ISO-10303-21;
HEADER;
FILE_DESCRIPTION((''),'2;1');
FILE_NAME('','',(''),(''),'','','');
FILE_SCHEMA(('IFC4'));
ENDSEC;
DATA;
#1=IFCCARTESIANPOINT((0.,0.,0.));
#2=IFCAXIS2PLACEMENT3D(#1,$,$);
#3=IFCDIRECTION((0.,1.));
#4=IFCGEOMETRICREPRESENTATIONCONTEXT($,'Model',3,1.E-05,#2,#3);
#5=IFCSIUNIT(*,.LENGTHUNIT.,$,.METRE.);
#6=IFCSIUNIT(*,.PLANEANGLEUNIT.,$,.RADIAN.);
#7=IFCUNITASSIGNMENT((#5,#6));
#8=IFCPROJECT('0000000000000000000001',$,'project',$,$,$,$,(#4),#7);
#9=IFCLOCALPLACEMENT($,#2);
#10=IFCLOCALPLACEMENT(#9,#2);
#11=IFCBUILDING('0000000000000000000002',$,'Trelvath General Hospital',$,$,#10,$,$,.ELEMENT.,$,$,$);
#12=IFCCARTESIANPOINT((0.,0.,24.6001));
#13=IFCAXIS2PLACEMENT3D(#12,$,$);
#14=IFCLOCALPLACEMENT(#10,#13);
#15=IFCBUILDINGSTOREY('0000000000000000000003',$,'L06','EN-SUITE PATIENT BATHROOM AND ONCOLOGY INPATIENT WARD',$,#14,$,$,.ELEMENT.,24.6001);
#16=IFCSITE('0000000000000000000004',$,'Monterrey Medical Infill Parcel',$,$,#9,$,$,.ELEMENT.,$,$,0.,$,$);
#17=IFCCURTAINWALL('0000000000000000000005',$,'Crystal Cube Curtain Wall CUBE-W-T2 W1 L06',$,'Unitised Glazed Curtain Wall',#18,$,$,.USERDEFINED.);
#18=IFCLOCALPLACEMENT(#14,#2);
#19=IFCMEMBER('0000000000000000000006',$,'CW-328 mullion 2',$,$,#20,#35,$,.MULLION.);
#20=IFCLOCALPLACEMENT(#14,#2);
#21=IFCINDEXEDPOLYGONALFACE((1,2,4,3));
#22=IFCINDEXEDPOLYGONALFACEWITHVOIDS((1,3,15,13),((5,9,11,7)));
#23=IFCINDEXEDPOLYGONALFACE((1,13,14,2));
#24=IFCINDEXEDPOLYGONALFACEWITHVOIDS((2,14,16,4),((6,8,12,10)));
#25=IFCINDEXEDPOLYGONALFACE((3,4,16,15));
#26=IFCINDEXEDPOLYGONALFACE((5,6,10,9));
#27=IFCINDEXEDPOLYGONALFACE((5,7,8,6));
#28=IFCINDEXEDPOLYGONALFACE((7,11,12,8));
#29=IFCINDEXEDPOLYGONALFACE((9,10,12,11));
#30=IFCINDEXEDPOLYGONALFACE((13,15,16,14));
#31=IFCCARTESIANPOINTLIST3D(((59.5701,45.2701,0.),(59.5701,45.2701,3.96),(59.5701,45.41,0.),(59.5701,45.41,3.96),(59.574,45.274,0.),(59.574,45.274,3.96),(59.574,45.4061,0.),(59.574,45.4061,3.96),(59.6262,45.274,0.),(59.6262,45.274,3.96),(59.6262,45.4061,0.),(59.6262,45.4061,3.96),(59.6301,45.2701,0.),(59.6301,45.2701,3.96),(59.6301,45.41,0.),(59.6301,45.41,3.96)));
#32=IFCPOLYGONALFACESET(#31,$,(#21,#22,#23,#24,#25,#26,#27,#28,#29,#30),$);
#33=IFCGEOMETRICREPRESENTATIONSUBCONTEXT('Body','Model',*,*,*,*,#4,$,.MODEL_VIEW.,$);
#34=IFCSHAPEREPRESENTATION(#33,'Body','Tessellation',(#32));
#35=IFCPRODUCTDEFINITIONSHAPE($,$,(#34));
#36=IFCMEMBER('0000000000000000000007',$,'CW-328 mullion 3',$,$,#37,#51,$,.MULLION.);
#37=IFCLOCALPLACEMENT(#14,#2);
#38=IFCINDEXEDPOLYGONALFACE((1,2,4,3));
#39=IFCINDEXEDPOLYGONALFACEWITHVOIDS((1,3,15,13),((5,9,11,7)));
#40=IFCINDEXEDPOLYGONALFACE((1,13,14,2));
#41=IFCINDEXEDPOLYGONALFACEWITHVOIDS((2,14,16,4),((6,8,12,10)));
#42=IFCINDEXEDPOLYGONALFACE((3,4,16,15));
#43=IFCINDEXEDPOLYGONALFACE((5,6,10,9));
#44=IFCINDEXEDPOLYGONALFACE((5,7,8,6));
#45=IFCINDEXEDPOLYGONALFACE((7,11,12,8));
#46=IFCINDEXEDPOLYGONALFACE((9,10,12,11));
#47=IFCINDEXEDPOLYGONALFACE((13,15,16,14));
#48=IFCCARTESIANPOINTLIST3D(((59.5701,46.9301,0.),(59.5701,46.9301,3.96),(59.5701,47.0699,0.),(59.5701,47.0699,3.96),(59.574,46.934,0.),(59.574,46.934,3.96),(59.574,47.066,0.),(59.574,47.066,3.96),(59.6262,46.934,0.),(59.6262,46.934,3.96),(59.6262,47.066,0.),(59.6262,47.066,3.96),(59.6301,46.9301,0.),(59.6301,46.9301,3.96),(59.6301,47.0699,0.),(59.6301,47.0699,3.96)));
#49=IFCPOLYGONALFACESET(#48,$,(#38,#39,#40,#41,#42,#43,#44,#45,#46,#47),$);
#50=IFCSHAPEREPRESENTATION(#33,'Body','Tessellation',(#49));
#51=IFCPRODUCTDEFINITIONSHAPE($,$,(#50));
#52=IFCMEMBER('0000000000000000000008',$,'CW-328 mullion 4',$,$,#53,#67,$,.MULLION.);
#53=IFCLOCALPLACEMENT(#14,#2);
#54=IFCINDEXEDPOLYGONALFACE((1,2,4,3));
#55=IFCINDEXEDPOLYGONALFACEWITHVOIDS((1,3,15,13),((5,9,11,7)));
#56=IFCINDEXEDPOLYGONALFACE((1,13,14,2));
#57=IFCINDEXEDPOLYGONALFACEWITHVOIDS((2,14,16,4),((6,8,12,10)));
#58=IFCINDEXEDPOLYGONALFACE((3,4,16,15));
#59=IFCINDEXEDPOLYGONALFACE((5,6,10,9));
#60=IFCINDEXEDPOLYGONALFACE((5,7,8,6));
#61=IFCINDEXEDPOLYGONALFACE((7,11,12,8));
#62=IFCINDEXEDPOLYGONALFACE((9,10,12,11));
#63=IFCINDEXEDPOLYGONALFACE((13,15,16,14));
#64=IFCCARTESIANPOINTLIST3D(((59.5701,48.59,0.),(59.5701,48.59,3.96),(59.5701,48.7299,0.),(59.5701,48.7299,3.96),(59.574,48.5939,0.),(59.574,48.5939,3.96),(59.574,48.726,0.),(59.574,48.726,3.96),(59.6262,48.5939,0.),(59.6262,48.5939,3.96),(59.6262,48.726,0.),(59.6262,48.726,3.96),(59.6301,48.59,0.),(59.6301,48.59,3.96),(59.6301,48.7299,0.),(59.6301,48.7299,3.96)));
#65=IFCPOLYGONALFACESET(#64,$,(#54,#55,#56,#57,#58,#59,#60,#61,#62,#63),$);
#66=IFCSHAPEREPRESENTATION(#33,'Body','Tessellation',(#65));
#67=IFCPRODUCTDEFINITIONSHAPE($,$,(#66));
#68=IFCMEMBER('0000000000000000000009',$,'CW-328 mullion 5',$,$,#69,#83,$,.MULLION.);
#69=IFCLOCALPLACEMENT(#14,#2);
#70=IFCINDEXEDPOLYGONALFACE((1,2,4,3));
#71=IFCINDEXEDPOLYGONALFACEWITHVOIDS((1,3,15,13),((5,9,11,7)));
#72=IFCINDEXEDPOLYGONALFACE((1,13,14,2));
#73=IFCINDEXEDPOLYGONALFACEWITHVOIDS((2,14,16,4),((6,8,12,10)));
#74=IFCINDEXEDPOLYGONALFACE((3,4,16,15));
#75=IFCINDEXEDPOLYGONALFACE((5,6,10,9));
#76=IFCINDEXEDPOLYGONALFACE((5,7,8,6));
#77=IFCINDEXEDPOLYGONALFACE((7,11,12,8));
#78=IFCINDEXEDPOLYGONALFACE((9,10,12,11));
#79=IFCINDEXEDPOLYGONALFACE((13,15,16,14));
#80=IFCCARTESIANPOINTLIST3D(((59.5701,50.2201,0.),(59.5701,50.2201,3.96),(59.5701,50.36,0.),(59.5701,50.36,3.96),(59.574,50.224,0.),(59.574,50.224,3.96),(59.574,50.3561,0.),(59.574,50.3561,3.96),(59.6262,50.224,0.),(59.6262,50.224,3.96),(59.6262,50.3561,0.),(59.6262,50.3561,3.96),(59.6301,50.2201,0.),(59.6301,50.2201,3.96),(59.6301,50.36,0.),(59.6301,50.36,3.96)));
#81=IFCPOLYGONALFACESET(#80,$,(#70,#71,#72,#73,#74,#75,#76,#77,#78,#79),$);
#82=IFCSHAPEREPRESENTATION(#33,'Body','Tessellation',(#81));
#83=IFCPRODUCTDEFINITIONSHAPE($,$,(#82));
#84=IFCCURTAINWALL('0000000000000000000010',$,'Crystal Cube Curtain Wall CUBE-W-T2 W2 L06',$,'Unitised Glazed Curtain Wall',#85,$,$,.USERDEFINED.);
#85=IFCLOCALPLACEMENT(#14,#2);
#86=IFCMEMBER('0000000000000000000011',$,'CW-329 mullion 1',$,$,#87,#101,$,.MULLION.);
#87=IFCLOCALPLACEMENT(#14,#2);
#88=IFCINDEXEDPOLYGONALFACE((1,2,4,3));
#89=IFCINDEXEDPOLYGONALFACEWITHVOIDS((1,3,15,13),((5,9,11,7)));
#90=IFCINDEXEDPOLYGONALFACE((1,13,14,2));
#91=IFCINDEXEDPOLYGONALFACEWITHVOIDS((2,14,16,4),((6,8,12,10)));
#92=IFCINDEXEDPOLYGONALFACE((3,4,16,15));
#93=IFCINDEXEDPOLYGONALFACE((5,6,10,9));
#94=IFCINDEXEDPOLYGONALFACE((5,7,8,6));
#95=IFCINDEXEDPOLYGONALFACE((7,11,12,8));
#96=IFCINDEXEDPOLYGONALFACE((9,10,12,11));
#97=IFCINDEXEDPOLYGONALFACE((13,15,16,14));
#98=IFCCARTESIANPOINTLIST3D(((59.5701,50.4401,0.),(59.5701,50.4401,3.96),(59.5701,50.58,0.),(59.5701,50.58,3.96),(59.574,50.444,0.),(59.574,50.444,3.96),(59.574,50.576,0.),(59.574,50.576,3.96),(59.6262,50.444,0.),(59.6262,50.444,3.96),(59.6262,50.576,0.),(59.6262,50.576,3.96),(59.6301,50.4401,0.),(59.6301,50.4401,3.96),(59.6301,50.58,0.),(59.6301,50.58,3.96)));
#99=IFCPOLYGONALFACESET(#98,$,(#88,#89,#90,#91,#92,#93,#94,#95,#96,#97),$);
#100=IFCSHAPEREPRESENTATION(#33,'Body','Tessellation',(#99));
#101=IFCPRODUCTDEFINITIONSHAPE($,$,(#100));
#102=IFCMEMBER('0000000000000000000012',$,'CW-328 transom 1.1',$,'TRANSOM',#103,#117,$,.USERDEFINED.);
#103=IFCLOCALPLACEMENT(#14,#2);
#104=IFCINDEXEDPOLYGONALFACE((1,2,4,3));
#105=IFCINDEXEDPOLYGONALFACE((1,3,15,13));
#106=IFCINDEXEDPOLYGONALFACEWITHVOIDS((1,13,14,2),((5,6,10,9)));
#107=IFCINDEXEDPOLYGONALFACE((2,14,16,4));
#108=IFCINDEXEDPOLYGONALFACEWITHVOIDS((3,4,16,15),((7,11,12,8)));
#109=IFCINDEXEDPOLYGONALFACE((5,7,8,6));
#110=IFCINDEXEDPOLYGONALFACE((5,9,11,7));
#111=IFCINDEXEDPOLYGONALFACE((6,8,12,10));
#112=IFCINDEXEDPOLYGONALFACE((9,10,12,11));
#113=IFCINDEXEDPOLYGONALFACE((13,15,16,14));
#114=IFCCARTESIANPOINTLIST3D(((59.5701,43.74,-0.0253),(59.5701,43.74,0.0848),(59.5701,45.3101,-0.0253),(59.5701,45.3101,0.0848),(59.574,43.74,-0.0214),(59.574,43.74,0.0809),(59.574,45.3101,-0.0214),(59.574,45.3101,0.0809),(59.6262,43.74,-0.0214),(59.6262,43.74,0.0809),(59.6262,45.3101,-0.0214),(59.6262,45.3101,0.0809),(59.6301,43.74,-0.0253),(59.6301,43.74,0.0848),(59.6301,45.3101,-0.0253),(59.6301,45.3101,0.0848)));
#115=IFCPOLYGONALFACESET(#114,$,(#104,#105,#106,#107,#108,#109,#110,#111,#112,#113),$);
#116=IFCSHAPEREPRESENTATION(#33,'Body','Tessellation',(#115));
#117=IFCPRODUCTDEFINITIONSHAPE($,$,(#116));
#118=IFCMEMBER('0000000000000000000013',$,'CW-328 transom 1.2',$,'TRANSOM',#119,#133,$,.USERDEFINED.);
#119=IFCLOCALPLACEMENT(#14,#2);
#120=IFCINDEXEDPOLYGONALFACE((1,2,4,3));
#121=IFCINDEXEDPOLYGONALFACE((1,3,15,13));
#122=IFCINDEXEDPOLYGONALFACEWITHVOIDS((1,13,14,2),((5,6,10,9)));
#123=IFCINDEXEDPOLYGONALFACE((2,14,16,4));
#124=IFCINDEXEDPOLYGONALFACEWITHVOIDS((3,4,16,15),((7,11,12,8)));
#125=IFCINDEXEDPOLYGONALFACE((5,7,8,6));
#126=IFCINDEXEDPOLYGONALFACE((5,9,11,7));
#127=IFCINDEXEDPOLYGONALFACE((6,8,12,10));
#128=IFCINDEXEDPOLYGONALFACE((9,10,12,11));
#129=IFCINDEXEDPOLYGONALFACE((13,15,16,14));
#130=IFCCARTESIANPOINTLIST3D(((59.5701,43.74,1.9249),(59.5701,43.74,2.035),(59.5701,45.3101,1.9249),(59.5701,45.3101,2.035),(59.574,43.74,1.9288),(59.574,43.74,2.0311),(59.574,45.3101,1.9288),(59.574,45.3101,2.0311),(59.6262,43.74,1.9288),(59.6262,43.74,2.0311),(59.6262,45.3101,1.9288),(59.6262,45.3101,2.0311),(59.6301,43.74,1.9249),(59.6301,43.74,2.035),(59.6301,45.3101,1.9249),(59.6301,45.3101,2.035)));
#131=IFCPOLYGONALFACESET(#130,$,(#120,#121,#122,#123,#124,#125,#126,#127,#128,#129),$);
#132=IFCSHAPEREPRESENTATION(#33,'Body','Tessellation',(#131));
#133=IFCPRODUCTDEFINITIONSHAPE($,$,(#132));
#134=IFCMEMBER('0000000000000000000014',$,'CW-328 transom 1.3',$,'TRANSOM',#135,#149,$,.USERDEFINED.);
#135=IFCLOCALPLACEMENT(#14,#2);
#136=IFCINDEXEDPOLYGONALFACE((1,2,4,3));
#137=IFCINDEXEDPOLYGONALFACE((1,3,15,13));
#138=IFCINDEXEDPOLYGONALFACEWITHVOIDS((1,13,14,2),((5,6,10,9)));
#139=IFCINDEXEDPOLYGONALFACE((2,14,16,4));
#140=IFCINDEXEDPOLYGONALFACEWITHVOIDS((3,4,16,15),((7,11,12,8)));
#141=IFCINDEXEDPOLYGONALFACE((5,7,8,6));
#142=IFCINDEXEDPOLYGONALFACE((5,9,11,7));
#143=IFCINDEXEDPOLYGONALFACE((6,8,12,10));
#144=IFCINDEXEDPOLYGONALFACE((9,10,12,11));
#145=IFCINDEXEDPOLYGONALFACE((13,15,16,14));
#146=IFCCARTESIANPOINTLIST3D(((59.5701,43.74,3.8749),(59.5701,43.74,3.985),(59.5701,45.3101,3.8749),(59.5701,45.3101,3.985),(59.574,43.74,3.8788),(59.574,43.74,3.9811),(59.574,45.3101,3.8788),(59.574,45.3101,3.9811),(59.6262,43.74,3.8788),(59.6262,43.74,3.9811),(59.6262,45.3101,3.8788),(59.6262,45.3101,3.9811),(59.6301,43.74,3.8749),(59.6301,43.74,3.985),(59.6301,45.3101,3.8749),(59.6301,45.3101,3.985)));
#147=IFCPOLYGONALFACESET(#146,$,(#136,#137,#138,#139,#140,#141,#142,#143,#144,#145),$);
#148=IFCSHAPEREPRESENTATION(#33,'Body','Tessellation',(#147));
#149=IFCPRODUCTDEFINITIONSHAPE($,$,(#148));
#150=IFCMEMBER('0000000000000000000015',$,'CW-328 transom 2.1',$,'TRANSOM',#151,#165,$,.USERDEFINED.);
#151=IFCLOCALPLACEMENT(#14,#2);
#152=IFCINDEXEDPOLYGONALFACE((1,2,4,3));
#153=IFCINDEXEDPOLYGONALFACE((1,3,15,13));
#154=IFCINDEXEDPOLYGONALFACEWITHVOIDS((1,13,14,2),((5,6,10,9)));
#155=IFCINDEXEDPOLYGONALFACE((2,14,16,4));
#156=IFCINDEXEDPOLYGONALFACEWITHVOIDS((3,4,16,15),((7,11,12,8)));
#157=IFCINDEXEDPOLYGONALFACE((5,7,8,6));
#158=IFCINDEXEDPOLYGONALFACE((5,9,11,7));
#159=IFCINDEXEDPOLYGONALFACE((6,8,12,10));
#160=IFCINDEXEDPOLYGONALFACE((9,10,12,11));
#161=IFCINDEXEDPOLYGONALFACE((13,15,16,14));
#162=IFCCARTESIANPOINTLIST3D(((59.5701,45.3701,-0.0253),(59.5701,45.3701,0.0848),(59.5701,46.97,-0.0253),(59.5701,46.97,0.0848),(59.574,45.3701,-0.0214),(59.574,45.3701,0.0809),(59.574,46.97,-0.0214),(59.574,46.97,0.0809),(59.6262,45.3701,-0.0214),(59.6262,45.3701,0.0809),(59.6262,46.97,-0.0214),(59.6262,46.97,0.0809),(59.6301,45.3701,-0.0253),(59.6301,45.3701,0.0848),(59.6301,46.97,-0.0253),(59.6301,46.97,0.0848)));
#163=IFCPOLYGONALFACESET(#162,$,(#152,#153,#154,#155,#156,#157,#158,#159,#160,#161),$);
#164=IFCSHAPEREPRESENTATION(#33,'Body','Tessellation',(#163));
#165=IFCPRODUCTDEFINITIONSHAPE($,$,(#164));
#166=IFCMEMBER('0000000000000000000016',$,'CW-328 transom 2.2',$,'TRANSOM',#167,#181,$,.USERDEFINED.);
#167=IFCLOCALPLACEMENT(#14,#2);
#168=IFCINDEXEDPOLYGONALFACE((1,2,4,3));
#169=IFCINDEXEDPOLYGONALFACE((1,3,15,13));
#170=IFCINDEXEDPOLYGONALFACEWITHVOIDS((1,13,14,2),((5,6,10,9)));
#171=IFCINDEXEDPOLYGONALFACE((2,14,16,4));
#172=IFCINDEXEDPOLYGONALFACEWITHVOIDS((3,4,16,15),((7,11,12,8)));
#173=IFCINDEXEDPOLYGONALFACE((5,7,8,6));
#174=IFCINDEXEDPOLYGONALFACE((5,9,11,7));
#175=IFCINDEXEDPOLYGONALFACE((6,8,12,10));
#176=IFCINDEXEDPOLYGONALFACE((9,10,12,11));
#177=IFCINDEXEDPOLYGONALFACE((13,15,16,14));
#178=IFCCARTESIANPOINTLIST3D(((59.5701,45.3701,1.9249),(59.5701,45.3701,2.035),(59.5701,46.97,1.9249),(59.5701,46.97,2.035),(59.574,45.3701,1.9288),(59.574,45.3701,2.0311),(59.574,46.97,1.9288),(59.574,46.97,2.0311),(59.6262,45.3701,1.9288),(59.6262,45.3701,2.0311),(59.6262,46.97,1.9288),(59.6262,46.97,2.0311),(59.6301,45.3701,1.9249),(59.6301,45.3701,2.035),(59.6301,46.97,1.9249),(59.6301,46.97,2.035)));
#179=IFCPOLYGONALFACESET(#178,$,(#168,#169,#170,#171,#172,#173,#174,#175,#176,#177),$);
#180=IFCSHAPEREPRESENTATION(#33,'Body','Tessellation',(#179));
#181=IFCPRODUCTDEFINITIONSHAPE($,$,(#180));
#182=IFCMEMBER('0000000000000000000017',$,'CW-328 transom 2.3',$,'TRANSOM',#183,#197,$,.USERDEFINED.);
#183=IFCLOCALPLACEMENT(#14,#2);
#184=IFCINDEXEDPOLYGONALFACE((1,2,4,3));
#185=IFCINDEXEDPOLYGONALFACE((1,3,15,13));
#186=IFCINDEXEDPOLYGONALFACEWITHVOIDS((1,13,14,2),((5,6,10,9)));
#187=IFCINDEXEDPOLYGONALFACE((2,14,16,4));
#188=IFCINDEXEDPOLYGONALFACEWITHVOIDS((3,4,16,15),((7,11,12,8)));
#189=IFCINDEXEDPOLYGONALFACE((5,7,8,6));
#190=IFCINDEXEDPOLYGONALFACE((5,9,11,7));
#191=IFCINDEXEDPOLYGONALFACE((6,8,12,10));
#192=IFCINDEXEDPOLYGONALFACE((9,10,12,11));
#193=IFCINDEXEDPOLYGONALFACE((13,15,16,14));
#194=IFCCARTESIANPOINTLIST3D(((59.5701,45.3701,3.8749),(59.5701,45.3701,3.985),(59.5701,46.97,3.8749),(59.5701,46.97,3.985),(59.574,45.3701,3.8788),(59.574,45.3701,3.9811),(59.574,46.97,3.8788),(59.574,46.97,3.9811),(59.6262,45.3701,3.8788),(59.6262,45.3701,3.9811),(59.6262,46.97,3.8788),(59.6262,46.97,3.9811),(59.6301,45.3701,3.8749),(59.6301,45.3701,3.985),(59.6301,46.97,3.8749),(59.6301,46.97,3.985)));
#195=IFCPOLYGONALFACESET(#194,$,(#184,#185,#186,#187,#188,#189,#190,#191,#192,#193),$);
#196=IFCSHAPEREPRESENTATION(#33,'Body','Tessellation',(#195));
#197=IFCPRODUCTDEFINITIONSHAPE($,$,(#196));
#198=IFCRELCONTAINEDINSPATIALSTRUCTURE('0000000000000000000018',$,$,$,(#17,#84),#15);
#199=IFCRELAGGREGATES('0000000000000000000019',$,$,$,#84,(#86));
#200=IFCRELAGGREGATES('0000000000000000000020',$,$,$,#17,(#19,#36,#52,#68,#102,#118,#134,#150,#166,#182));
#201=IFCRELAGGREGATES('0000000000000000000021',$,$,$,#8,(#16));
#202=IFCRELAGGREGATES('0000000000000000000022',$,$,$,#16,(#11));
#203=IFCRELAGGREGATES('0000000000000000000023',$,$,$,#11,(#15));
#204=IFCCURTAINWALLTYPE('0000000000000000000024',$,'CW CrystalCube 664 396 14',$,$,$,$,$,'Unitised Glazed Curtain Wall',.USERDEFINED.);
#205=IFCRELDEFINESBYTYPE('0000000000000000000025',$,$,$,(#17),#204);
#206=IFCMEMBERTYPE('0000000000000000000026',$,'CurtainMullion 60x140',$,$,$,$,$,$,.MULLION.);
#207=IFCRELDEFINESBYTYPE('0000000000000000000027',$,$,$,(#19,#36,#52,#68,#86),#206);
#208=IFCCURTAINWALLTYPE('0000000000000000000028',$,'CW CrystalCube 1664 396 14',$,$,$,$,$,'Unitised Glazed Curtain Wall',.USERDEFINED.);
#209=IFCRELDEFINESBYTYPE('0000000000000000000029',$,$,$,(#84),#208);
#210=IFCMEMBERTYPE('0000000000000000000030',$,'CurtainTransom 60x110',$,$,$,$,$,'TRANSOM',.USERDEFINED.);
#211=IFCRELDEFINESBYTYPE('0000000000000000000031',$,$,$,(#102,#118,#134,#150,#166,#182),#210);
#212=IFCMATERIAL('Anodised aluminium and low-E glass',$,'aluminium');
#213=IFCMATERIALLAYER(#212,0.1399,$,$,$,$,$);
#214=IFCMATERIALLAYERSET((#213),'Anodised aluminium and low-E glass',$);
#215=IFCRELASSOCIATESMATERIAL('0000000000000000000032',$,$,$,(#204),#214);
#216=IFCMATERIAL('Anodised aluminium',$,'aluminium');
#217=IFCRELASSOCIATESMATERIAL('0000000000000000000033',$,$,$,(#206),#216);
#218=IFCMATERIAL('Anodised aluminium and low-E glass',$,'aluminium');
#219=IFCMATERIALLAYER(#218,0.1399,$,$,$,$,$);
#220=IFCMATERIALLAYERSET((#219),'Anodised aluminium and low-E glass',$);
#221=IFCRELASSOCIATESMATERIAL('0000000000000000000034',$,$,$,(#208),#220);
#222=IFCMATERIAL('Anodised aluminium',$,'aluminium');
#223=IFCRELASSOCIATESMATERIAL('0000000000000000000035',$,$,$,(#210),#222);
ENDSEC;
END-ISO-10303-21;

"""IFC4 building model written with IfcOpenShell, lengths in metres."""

from ifc_helpers import new_model, si_unit, direction, frame, origin, origin_2d, place, context, subcontext, project, spatial, hollow_rectangle, extrude, material, layer, layer_set, material_profile, profile_set, type_object, element, aggregate, save


model = new_model("IFC4")

# Units and contexts
model_context = context("Model", 3, precision=1e-05, world=origin(), true_north=direction((0.0, 1.0)))
body_context = subcontext(model_context, "Body", "Model", "MODEL_VIEW")
ifc_project = project(units=[si_unit("LENGTHUNIT", "METRE"), si_unit("PLANEANGLEUNIT", "RADIAN")], contexts=[model_context])

# Site, building, storey
site_placement = place(None, origin())
site = spatial("IfcSite", under=ifc_project, at=site_placement, Name="Monterrey Medical Infill Parcel", CompositionType="ELEMENT", RefElevation=0.0)
building_placement = place(site_placement, origin())
building = spatial("IfcBuilding", under=site, at=building_placement, Name="Trelvath General Hospital", CompositionType="ELEMENT")
storey_placement = place(building_placement, frame((0.0, 0.0, 24.6001)))
storey = spatial("IfcBuildingStorey", under=building, at=storey_placement, Name="L06", Description="EN-SUITE PATIENT BATHROOM AND ONCOLOGY INPATIENT WARD", CompositionType="ELEMENT", Elevation=24.6001)

# Curtain wall, members
ifc_material_1 = material(Name="Anodised aluminium and low-E glass", Category="aluminium")
ifc_layer_1 = layer(ifc_material_1, 0.1399)
ifc_layer_set_1 = layer_set([ifc_layer_1], Name="Anodised aluminium and low-E glass")
curtain_wall_type_1 = type_object("IfcCurtainWallType", Name="CW CrystalCube 664 396 14", ElementType="Unitised Glazed Curtain Wall", PredefinedType="USERDEFINED", material=ifc_layer_set_1)
curtain_wall_1_placement = place(storey_placement, origin())
curtain_wall_1 = element("IfcCurtainWall", 1, at=curtain_wall_1_placement, inside=storey, type_object=curtain_wall_type_1, Name="Crystal Cube Curtain Wall CUBE-W-T2 W1 L06", ObjectType="Unitised Glazed Curtain Wall", PredefinedType="USERDEFINED")
ifc_material_2 = material(Name="Anodised aluminium", Category="aluminium")
ifc_material_profile_1 = material_profile(ifc_material_2, hollow_rectangle(XDim=0.0601, YDim=0.1399, WallThickness=0.0039, at=origin_2d()), Name="RHS60x140x4")
ifc_profile_set_1 = profile_set([ifc_material_profile_1], Name="Anodised aluminium")
member_type_1 = type_object("IfcMemberType", Name="CurtainMullion 60x140", PredefinedType="MULLION", material=ifc_profile_set_1)
member_1_placement = place(storey_placement, frame((59.6001, 45.3401, 0.0), z_axis=(0.0, 0.0, 1.0), x_axis=(-1.0, 0.0, 0.0)))
member_1 = element("IfcMember", 2, at=member_1_placement, type_object=member_type_1, Name="CW-328 mullion 2", PredefinedType="MULLION", context=body_context, shape_type="SweptSolid", body=[
    extrude(hollow_rectangle(XDim=0.0601, YDim=0.1399, WallThickness=0.0039, at=origin_2d()), origin(), (0.0, 0.0, 1.0), 3.96),
])
member_2_placement = place(storey_placement, frame((59.6001, 47.0, 0.0), z_axis=(0.0, 0.0, 1.0), x_axis=(-1.0, 0.0, 0.0)))
member_2 = element("IfcMember", 3, at=member_2_placement, type_object=member_type_1, Name="CW-328 mullion 3", PredefinedType="MULLION", context=body_context, shape_type="SweptSolid", body=[
    extrude(hollow_rectangle(XDim=0.0601, YDim=0.1399, WallThickness=0.0039, at=origin_2d()), origin(), (0.0, 0.0, 1.0), 3.96),
])
member_3_placement = place(storey_placement, frame((59.6001, 48.6599, 0.0), z_axis=(0.0, 0.0, 1.0), x_axis=(-1.0, 0.0, 0.0)))
member_3 = element("IfcMember", 4, at=member_3_placement, type_object=member_type_1, Name="CW-328 mullion 4", PredefinedType="MULLION", context=body_context, shape_type="SweptSolid", body=[
    extrude(hollow_rectangle(XDim=0.0601, YDim=0.1399, WallThickness=0.0039, at=origin_2d()), origin(), (0.0, 0.0, 1.0), 3.96),
])
member_4_placement = place(storey_placement, frame((59.6001, 50.29, 0.0), z_axis=(0.0, 0.0, 1.0), x_axis=(-1.0, 0.0, 0.0)))
member_4 = element("IfcMember", 5, at=member_4_placement, type_object=member_type_1, Name="CW-328 mullion 5", PredefinedType="MULLION", context=body_context, shape_type="SweptSolid", body=[
    extrude(hollow_rectangle(XDim=0.0601, YDim=0.1399, WallThickness=0.0039, at=origin_2d()), origin(), (0.0, 0.0, 1.0), 3.96),
])

# Curtain wall, member
ifc_material_3 = material(Name="Anodised aluminium and low-E glass", Category="aluminium")
ifc_layer_2 = layer(ifc_material_3, 0.1399)
ifc_layer_set_2 = layer_set([ifc_layer_2], Name="Anodised aluminium and low-E glass")
curtain_wall_type_2 = type_object("IfcCurtainWallType", Name="CW CrystalCube 1664 396 14", ElementType="Unitised Glazed Curtain Wall", PredefinedType="USERDEFINED", material=ifc_layer_set_2)
curtain_wall_2_placement = place(storey_placement, origin())
curtain_wall_2 = element("IfcCurtainWall", 6, at=curtain_wall_2_placement, inside=storey, type_object=curtain_wall_type_2, Name="Crystal Cube Curtain Wall CUBE-W-T2 W2 L06", ObjectType="Unitised Glazed Curtain Wall", PredefinedType="USERDEFINED")
member_5_placement = place(storey_placement, frame((59.6001, 50.51, 0.0), z_axis=(0.0, 0.0, 1.0), x_axis=(-1.0, 0.0, 0.0)))
member_5 = element("IfcMember", 7, at=member_5_placement, type_object=member_type_1, Name="CW-329 mullion 1", PredefinedType="MULLION", context=body_context, shape_type="SweptSolid", body=[
    extrude(hollow_rectangle(XDim=0.0601, YDim=0.1399, WallThickness=0.0039, at=origin_2d()), origin(), (0.0, 0.0, 1.0), 3.96),
])

# Members
ifc_material_4 = material(Name="Anodised aluminium", Category="aluminium")
ifc_material_profile_2 = material_profile(ifc_material_4, hollow_rectangle(XDim=0.0601, YDim=0.1101, WallThickness=0.0039, at=origin_2d()), Name="RHS60x110x4")
ifc_profile_set_2 = profile_set([ifc_material_profile_2], Name="Anodised aluminium")
member_type_2 = type_object("IfcMemberType", Name="CurtainTransom 60x110", ElementType="TRANSOM", PredefinedType="USERDEFINED", material=ifc_profile_set_2)
member_6_placement = place(storey_placement, frame((59.6001, 43.74, 0.0298), z_axis=(0.0, 1.0, 0.0), x_axis=(-1.0, 0.0, 0.0)))
member_6 = element("IfcMember", 8, at=member_6_placement, type_object=member_type_2, Name="CW-328 transom 1.1", ObjectType="TRANSOM", PredefinedType="USERDEFINED", context=body_context, shape_type="SweptSolid", body=[
    extrude(hollow_rectangle(XDim=0.0601, YDim=0.1101, WallThickness=0.0039, at=origin_2d()), origin(), (0.0, 0.0, 1.0), 1.5701),
])
member_7_placement = place(storey_placement, frame((59.6001, 43.74, 1.98), z_axis=(0.0, 1.0, 0.0), x_axis=(-1.0, 0.0, 0.0)))
member_7 = element("IfcMember", 9, at=member_7_placement, type_object=member_type_2, Name="CW-328 transom 1.2", ObjectType="TRANSOM", PredefinedType="USERDEFINED", context=body_context, shape_type="SweptSolid", body=[
    extrude(hollow_rectangle(XDim=0.0601, YDim=0.1101, WallThickness=0.0039, at=origin_2d()), origin(), (0.0, 0.0, 1.0), 1.5701),
])
member_8_placement = place(storey_placement, frame((59.6001, 43.74, 3.9299), z_axis=(0.0, 1.0, 0.0), x_axis=(-1.0, 0.0, 0.0)))
member_8 = element("IfcMember", 10, at=member_8_placement, type_object=member_type_2, Name="CW-328 transom 1.3", ObjectType="TRANSOM", PredefinedType="USERDEFINED", context=body_context, shape_type="SweptSolid", body=[
    extrude(hollow_rectangle(XDim=0.0601, YDim=0.1101, WallThickness=0.0039, at=origin_2d()), origin(), (0.0, 0.0, 1.0), 1.5701),
])
member_9_placement = place(storey_placement, frame((59.6001, 45.3701, 0.0298), z_axis=(0.0, 1.0, 0.0), x_axis=(-1.0, 0.0, 0.0)))
member_9 = element("IfcMember", 11, at=member_9_placement, type_object=member_type_2, Name="CW-328 transom 2.1", ObjectType="TRANSOM", PredefinedType="USERDEFINED", context=body_context, shape_type="SweptSolid", body=[
    extrude(hollow_rectangle(XDim=0.0601, YDim=0.1101, WallThickness=0.0039, at=origin_2d()), origin(), (0.0, 0.0, 1.0), 1.5999),
])
member_10_placement = place(storey_placement, frame((59.6001, 45.3701, 1.98), z_axis=(0.0, 1.0, 0.0), x_axis=(-1.0, 0.0, 0.0)))
member_10 = element("IfcMember", 12, at=member_10_placement, type_object=member_type_2, Name="CW-328 transom 2.2", ObjectType="TRANSOM", PredefinedType="USERDEFINED", context=body_context, shape_type="SweptSolid", body=[
    extrude(hollow_rectangle(XDim=0.0601, YDim=0.1101, WallThickness=0.0039, at=origin_2d()), origin(), (0.0, 0.0, 1.0), 1.5999),
])
member_11_placement = place(storey_placement, frame((59.6001, 45.3701, 3.9299), z_axis=(0.0, 1.0, 0.0), x_axis=(-1.0, 0.0, 0.0)))
member_11 = element("IfcMember", 13, at=member_11_placement, type_object=member_type_2, Name="CW-328 transom 2.3", ObjectType="TRANSOM", PredefinedType="USERDEFINED", context=body_context, shape_type="SweptSolid", body=[
    extrude(hollow_rectangle(XDim=0.0601, YDim=0.1101, WallThickness=0.0039, at=origin_2d()), origin(), (0.0, 0.0, 1.0), 1.5999),
])
aggregate(curtain_wall_2, [member_5])

aggregate(curtain_wall_1, [member_1, member_2, member_3, member_4, member_6, member_7, member_8, member_9, member_10, member_11])

save(model, "model.ifc")
